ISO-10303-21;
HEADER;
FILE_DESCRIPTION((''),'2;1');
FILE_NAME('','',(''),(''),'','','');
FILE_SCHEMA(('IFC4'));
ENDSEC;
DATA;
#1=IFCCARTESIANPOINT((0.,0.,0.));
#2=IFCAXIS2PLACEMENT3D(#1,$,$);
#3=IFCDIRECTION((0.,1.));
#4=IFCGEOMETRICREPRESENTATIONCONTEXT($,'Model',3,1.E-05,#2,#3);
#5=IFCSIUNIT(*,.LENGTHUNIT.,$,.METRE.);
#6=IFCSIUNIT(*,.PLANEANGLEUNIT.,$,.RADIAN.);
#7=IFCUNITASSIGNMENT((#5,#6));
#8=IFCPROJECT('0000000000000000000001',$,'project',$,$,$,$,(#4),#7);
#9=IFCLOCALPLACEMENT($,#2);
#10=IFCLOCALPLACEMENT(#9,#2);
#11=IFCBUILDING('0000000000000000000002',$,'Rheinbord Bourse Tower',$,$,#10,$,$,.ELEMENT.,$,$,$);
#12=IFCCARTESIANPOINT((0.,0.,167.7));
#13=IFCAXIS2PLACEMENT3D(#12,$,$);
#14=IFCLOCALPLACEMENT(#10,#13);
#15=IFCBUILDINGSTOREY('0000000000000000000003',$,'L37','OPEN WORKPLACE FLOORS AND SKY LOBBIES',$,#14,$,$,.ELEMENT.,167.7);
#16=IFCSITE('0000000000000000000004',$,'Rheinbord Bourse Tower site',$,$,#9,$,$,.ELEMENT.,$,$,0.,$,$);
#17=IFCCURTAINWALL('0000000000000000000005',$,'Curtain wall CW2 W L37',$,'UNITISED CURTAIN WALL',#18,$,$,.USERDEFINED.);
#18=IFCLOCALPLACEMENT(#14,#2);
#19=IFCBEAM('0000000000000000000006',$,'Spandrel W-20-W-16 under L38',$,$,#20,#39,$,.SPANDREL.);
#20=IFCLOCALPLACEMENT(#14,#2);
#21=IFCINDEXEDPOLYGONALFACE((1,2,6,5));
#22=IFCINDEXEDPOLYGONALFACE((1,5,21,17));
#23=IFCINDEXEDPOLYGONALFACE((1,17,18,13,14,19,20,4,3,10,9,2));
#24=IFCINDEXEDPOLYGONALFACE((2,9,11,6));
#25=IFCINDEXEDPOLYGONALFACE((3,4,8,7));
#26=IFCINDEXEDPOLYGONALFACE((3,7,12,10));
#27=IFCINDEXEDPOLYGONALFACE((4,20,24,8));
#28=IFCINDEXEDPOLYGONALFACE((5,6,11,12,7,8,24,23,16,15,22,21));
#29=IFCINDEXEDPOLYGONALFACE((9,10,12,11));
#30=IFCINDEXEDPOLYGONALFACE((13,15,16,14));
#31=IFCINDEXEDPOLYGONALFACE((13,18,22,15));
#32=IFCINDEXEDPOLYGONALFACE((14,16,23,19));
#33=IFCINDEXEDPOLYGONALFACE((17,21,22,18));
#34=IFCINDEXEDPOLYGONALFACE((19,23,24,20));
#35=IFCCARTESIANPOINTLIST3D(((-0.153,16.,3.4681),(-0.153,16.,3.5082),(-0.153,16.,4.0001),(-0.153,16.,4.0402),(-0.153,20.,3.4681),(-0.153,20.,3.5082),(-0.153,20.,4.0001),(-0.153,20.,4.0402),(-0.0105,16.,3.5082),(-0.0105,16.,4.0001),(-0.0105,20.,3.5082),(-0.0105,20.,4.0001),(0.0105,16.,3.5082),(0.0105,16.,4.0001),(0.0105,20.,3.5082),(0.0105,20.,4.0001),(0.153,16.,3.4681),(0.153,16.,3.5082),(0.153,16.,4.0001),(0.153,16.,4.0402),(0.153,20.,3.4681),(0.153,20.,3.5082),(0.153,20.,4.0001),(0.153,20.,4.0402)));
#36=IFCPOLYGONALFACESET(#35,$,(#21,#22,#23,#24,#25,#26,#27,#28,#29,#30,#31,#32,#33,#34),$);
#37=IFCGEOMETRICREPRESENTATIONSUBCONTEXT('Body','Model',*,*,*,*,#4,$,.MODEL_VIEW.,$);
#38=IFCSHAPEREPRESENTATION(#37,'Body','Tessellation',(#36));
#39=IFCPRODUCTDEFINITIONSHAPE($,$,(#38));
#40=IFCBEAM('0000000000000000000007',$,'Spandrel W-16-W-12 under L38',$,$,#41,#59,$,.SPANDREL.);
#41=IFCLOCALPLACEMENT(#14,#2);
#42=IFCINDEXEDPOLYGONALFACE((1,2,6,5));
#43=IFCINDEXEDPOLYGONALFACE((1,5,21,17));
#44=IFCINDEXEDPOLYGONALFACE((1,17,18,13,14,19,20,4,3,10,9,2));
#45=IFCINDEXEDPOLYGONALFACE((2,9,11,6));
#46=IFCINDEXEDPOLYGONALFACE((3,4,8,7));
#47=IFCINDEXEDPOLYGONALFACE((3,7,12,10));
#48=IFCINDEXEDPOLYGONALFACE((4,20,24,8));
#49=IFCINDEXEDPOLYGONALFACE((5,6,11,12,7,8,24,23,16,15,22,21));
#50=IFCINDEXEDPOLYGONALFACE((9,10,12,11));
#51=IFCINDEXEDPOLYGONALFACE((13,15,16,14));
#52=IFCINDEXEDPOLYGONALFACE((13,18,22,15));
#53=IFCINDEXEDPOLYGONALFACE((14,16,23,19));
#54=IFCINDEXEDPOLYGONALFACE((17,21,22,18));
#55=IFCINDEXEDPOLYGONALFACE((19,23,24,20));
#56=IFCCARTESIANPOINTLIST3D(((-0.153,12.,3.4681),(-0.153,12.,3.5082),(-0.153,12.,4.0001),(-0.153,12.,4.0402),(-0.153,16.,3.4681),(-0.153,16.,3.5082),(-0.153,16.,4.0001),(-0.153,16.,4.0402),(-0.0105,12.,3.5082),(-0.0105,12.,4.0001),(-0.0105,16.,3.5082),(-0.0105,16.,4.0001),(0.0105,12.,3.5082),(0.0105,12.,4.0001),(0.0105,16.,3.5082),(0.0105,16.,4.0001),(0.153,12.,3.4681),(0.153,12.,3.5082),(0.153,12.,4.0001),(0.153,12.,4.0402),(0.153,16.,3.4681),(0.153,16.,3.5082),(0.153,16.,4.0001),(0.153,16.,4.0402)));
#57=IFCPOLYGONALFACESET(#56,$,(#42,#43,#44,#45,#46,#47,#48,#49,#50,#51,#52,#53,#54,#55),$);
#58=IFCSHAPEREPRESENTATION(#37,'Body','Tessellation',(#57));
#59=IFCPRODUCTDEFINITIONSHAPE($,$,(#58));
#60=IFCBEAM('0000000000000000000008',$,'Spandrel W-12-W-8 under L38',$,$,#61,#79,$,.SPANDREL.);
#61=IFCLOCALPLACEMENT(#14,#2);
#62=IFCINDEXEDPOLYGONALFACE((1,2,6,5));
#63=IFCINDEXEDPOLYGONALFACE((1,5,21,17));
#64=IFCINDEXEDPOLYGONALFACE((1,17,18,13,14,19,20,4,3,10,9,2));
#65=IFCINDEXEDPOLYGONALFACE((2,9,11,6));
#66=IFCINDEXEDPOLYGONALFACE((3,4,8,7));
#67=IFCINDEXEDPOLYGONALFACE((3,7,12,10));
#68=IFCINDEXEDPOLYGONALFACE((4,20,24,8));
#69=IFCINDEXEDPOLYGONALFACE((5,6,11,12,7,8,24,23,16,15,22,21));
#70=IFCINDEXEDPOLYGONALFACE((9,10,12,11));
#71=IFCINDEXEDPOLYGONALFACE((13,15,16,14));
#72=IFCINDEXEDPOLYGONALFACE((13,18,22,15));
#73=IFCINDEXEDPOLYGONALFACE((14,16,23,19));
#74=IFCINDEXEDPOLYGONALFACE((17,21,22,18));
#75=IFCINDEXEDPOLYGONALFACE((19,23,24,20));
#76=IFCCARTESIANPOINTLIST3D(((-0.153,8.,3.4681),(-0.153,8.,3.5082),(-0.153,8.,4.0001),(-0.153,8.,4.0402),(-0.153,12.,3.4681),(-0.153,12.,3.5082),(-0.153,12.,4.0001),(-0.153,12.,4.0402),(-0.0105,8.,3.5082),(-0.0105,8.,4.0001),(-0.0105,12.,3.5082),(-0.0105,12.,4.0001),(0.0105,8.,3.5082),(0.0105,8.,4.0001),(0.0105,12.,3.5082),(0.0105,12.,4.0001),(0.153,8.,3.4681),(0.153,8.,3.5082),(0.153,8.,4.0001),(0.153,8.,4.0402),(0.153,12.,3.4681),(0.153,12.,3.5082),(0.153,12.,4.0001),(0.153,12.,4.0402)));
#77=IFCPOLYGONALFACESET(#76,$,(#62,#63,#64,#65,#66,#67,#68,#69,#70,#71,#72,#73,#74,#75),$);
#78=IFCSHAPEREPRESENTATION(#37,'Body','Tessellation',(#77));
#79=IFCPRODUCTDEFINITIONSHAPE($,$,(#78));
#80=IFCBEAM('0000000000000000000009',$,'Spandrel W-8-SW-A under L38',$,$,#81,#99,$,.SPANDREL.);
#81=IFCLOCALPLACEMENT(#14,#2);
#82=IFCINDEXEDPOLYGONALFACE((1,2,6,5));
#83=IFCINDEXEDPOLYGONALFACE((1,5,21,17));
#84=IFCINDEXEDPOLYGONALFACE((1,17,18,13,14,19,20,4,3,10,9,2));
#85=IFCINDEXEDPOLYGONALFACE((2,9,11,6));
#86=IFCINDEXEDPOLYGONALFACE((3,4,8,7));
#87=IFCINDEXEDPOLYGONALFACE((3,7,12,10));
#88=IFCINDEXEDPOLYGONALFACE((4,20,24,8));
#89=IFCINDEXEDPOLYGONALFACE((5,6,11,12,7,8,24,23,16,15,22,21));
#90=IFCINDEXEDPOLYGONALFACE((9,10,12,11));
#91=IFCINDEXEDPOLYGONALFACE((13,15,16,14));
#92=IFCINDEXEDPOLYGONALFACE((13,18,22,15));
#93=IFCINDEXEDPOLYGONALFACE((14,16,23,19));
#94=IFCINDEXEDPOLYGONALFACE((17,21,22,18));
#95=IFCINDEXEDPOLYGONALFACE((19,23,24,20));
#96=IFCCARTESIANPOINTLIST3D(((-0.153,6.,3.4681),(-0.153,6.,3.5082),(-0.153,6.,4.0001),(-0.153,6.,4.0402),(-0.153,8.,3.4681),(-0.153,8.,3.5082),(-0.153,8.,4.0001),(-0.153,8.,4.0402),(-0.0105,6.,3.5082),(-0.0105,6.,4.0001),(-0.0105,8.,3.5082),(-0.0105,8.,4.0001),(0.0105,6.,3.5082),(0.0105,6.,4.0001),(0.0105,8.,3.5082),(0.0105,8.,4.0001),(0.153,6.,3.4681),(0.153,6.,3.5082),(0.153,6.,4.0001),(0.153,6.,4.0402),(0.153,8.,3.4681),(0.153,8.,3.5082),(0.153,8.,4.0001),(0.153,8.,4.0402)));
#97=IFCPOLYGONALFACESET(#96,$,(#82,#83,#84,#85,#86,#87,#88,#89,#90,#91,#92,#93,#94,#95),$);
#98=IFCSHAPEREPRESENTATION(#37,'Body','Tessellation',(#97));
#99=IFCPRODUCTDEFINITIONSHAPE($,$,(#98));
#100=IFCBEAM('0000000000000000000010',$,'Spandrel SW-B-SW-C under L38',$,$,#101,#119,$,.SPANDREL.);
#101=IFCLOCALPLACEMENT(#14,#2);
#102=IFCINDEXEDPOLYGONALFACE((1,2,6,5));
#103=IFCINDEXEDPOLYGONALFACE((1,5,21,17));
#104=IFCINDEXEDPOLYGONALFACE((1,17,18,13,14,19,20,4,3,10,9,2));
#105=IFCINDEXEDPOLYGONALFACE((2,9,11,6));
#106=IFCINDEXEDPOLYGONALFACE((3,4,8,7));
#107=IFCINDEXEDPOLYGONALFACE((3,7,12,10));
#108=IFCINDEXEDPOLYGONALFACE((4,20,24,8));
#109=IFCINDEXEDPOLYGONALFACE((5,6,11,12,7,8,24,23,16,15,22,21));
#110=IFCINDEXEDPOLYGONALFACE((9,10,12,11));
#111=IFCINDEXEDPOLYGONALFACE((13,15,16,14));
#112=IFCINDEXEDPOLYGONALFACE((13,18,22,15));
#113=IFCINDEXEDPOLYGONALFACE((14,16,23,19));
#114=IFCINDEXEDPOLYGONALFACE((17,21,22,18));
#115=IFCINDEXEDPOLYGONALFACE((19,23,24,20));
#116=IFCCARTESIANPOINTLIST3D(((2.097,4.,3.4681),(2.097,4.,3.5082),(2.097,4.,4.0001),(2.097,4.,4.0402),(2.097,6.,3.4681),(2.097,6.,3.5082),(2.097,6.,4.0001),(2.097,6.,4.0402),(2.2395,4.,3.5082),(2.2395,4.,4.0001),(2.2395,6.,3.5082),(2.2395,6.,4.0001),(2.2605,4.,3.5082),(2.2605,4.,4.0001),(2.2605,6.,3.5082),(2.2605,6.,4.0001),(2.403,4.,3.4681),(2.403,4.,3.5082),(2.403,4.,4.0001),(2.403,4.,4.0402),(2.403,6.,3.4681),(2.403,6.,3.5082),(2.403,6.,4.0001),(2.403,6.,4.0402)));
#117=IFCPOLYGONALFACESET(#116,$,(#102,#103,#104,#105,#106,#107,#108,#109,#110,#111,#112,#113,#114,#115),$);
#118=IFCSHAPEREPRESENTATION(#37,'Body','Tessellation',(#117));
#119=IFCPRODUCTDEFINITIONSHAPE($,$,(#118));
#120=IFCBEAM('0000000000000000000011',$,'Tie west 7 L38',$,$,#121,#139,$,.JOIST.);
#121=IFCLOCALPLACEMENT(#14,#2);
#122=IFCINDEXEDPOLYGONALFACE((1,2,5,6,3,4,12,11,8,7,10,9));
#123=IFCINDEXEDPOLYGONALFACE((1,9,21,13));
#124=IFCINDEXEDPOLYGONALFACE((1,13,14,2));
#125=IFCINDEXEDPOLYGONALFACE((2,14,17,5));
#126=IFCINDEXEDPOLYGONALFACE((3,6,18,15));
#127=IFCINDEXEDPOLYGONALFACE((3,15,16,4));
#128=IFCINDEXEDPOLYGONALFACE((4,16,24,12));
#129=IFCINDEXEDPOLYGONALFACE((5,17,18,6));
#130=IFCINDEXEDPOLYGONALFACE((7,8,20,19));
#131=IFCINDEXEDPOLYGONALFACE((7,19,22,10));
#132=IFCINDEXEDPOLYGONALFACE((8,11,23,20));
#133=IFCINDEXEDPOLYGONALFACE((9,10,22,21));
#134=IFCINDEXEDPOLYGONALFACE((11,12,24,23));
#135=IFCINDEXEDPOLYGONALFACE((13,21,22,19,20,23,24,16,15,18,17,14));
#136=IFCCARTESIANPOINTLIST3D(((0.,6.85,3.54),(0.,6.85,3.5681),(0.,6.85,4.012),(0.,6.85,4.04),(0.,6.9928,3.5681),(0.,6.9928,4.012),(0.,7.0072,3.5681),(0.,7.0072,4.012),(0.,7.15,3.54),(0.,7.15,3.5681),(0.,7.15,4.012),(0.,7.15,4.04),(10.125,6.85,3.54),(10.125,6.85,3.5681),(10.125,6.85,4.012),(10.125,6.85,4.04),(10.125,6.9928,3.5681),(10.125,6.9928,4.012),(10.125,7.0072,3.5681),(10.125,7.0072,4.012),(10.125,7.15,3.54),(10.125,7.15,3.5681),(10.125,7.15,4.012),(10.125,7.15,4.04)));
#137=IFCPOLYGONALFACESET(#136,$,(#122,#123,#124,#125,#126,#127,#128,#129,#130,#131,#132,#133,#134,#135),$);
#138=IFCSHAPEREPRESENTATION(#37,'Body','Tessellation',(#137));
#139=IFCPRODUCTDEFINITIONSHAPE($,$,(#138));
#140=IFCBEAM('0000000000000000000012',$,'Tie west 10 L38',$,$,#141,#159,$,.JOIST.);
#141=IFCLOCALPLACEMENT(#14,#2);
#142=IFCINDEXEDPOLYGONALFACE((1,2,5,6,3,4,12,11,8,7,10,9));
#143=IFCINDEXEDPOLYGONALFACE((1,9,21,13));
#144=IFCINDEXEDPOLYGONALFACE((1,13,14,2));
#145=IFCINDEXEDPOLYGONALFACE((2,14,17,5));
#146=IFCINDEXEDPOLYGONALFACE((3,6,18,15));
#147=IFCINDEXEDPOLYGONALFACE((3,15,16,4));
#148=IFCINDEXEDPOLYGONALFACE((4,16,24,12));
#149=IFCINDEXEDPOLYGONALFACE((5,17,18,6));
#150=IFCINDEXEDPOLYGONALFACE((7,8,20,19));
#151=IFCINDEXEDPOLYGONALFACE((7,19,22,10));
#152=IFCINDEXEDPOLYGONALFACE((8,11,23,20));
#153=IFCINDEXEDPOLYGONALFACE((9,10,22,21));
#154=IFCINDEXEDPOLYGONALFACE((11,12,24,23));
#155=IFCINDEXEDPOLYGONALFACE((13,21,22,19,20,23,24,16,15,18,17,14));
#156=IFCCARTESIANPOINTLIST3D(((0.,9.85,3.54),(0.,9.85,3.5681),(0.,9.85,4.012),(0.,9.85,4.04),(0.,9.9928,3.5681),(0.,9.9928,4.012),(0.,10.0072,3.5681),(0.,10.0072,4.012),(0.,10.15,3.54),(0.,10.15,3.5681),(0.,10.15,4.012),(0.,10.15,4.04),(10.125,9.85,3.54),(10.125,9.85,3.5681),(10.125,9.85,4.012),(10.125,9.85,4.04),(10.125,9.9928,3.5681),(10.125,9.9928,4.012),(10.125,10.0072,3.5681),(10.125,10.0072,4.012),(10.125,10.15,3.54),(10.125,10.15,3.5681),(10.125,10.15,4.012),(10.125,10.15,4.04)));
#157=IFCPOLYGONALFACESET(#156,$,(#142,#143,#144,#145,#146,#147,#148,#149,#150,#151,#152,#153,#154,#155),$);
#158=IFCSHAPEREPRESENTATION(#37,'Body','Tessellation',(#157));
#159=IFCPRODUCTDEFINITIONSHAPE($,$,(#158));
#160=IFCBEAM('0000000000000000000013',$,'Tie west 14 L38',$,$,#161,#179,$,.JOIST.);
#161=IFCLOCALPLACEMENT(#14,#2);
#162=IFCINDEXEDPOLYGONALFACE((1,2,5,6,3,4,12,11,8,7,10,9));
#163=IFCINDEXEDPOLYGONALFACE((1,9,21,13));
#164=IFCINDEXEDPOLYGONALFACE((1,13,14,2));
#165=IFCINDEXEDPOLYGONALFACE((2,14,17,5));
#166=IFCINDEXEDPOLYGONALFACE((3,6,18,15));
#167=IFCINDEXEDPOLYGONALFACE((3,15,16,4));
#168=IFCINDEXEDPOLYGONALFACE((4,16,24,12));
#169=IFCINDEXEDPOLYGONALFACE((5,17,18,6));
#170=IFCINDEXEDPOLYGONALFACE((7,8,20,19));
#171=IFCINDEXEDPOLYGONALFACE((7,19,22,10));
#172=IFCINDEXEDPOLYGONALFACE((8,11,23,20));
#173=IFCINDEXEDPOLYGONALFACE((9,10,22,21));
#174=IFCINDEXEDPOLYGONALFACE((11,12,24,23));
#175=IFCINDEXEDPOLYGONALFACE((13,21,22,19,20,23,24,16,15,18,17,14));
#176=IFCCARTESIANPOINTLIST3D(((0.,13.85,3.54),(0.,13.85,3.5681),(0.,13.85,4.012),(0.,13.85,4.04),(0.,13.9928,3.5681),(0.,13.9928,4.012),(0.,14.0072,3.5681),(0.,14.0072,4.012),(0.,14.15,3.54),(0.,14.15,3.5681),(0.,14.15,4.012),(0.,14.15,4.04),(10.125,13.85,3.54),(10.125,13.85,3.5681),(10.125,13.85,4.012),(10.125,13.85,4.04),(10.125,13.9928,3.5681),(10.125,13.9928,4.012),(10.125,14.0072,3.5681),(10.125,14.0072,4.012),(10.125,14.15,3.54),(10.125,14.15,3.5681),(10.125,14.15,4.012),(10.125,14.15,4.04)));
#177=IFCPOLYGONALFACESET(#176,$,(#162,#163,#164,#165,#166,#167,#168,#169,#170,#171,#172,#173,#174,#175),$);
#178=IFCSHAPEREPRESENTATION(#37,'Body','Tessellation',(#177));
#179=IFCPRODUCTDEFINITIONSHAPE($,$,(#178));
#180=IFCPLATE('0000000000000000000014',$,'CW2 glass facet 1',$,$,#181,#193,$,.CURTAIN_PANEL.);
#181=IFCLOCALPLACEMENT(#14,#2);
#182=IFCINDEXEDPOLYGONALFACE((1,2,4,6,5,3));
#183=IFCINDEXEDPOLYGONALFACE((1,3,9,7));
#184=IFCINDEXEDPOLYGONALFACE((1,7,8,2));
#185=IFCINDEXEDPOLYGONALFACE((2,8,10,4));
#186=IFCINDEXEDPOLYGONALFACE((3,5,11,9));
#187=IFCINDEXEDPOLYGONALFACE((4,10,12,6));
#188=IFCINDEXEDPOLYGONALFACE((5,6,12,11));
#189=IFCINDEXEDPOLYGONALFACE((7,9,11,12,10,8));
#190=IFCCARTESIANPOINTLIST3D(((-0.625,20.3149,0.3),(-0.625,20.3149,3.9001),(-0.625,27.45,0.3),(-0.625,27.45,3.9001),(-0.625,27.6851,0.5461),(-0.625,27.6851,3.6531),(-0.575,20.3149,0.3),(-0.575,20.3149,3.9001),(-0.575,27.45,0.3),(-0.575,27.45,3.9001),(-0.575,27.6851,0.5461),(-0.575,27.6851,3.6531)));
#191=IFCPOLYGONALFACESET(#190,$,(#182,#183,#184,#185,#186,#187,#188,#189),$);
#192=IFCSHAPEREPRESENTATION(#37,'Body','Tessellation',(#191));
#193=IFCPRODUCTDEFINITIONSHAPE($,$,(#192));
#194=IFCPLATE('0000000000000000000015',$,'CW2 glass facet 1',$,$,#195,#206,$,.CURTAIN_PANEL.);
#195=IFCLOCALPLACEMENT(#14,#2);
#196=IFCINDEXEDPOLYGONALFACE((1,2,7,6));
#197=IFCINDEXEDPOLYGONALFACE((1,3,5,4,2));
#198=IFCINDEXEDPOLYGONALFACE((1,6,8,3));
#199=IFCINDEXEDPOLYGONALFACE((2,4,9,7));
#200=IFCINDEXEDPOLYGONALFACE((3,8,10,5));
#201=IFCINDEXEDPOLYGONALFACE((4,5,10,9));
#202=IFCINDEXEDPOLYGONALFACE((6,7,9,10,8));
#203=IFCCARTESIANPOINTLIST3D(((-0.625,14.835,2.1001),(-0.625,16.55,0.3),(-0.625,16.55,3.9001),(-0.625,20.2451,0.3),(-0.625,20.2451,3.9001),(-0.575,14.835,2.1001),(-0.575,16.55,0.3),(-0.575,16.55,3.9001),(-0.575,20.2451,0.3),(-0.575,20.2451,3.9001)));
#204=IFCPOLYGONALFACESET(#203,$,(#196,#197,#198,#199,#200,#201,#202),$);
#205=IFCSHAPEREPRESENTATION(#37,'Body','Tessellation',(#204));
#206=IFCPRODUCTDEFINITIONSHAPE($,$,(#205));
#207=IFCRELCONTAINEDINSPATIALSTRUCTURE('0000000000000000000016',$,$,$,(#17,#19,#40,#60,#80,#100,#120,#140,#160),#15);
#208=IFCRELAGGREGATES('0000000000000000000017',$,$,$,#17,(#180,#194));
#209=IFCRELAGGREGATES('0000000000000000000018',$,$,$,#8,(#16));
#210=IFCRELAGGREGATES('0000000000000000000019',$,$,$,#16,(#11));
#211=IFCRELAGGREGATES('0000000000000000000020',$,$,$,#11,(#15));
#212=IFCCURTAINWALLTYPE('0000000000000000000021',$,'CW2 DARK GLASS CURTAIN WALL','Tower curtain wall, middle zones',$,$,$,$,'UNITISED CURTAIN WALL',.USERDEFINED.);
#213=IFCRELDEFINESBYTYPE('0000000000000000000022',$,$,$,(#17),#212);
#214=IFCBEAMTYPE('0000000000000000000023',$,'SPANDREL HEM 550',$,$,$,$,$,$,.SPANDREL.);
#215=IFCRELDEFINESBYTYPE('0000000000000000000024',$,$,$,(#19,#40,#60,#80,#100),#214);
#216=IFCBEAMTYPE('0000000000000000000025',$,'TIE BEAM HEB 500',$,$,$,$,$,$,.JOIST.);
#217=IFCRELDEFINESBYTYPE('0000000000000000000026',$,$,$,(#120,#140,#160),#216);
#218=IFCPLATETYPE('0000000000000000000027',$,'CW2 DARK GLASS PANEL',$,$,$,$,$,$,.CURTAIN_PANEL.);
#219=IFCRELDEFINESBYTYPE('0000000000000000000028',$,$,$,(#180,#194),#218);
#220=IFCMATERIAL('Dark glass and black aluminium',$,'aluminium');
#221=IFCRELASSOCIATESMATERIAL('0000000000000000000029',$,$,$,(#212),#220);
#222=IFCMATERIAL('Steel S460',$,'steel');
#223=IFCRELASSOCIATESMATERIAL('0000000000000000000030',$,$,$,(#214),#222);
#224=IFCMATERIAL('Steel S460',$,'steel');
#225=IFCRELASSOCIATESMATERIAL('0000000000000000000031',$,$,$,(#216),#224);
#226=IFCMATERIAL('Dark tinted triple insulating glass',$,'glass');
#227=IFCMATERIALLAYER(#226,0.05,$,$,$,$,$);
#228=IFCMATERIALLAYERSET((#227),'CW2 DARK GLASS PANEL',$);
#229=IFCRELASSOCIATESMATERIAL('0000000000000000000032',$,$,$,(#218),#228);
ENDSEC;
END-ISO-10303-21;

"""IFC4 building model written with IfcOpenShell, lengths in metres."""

from ifc_helpers import new_model, si_unit, direction, frame, origin, origin_2d, place, context, subcontext, project, spatial, polyline, i_section, outline, extrude, material, layer, layer_set, material_profile, profile_set, type_object, element, aggregate, save


model = new_model("IFC4")

# Units and contexts
model_context = context("Model", 3, precision=1e-05, world=origin(), true_north=direction((0.0, 1.0)))
body_context = subcontext(model_context, "Body", "Model", "MODEL_VIEW")
ifc_project = project(units=[si_unit("LENGTHUNIT", "METRE"), si_unit("PLANEANGLEUNIT", "RADIAN")], contexts=[model_context])

# Site, building, storey
site_placement = place(None, origin())
site = spatial("IfcSite", under=ifc_project, at=site_placement, Name="Rheinbord Bourse Tower site", CompositionType="ELEMENT", RefElevation=0.0)
building_placement = place(site_placement, origin())
building = spatial("IfcBuilding", under=site, at=building_placement, Name="Rheinbord Bourse Tower", CompositionType="ELEMENT")
storey_placement = place(building_placement, frame((0.0, 0.0, 167.7)))
storey = spatial("IfcBuildingStorey", under=building, at=storey_placement, Name="L37", Description="OPEN WORKPLACE FLOORS AND SKY LOBBIES", CompositionType="ELEMENT", Elevation=167.7)

# Curtain wall
ifc_material_1 = material(Name="Dark glass and black aluminium", Category="aluminium")
curtain_wall_type = type_object("IfcCurtainWallType", Name="CW2 DARK GLASS CURTAIN WALL", Description="Tower curtain wall, middle zones", ElementType="UNITISED CURTAIN WALL", PredefinedType="USERDEFINED", material=ifc_material_1)
curtain_wall_placement = place(storey_placement, origin())
curtain_wall = element("IfcCurtainWall", 1, at=curtain_wall_placement, inside=storey, type_object=curtain_wall_type, Name="Curtain wall CW2 W L37", ObjectType="UNITISED CURTAIN WALL", PredefinedType="USERDEFINED")

# Beams
ifc_material_2 = material(Name="Steel S460", Category="steel")
ifc_material_profile_1 = material_profile(ifc_material_2, i_section(OverallWidth=0.3059, OverallDepth=0.572, WebThickness=0.021, FlangeThickness=0.04, at=origin_2d()), Name="HEM 550")
ifc_profile_set_1 = profile_set([ifc_material_profile_1], Name="Steel S460")
beam_type_1 = type_object("IfcBeamType", Name="SPANDREL HEM 550", PredefinedType="SPANDREL", material=ifc_profile_set_1)
for number, where, z_axis, x_axis, name in (
    (2, (0.0, 20.0, 3.7542), (0.0, -1.0, 0.0), (1.0, 0.0, 0.0), "Spandrel W-20-W-16 under L38"),
    (3, (0.0, 16.0, 3.7542), (0.0, -1.0, 0.0), (1.0, 0.0, 0.0), "Spandrel W-16-W-12 under L38"),
    (4, (0.0, 12.0, 3.7542), (0.0, -1.0, 0.0), (1.0, 0.0, 0.0), "Spandrel W-12-W-8 under L38"),
):
    element("IfcBeam", number, at=place(storey_placement, frame(where, z_axis=z_axis, x_axis=x_axis)), inside=storey, type_object=beam_type_1, Name=name, PredefinedType="SPANDREL", context=body_context, shape_type="SweptSolid", body=[
        extrude(i_section(OverallWidth=0.3059, OverallDepth=0.572, WebThickness=0.021, FlangeThickness=0.04, at=origin_2d()), origin(), (0.0, 0.0, 1.0), 4.0),
    ])
for number, where, z_axis, x_axis, name in (
    (5, (0.0, 8.0, 3.7542), (0.0, -1.0, 0.0), (1.0, 0.0, 0.0), "Spandrel W-8-SW-A under L38"),
    (6, (2.25, 6.0, 3.7542), (0.0, -1.0, 0.0), (1.0, 0.0, 0.0), "Spandrel SW-B-SW-C under L38"),
):
    element("IfcBeam", number, at=place(storey_placement, frame(where, z_axis=z_axis, x_axis=x_axis)), inside=storey, type_object=beam_type_1, Name=name, PredefinedType="SPANDREL", context=body_context, shape_type="SweptSolid", body=[
        extrude(i_section(OverallWidth=0.3059, OverallDepth=0.572, WebThickness=0.021, FlangeThickness=0.04, at=origin_2d()), origin(), (0.0, 0.0, 1.0), 2.0),
    ])
ifc_material_3 = material(Name="Steel S460", Category="steel")
ifc_material_profile_2 = material_profile(ifc_material_3, i_section(OverallWidth=0.3, OverallDepth=0.5, WebThickness=0.0144, FlangeThickness=0.0281, at=origin_2d()), Name="HEB 500")
ifc_profile_set_2 = profile_set([ifc_material_profile_2], Name="Steel S460")
beam_type_2 = type_object("IfcBeamType", Name="TIE BEAM HEB 500", PredefinedType="JOIST", material=ifc_profile_set_2)
for number, where, z_axis, x_axis, name in (
    (7, (0.0, 7.0, 3.79), (1.0, 0.0, 0.0), (0.0, 1.0, 0.0), "Tie west 7 L38"),
    (8, (0.0, 10.0, 3.79), (1.0, 0.0, 0.0), (0.0, 1.0, 0.0), "Tie west 10 L38"),
    (9, (0.0, 14.0, 3.79), (1.0, 0.0, 0.0), (0.0, 1.0, 0.0), "Tie west 14 L38"),
):
    element("IfcBeam", number, at=place(storey_placement, frame(where, z_axis=z_axis, x_axis=x_axis)), inside=storey, type_object=beam_type_2, Name=name, PredefinedType="JOIST", context=body_context, shape_type="SweptSolid", body=[
        extrude(i_section(OverallWidth=0.3, OverallDepth=0.5, WebThickness=0.0144, FlangeThickness=0.0281, at=origin_2d()), origin(), (0.0, 0.0, 1.0), 10.125),
    ])

# Plates
ifc_material_4 = material(Name="Dark tinted triple insulating glass", Category="glass")
ifc_layer_1 = layer(ifc_material_4, 0.05)
ifc_layer_set_1 = layer_set([ifc_layer_1], Name="CW2 DARK GLASS PANEL")
plate_type = type_object("IfcPlateType", Name="CW2 DARK GLASS PANEL", PredefinedType="CURTAIN_PANEL", material=ifc_layer_set_1)
plate_1_placement = place(storey_placement, frame((-0.625, 20.3149, 3.9001), z_axis=(1.0, 0.0, 0.0), x_axis=(0.0, 0.0, -1.0)))
plate_1 = element("IfcPlate", 10, at=plate_1_placement, type_object=plate_type, Name="CW2 glass facet 1", PredefinedType="CURTAIN_PANEL", context=body_context, shape_type="SweptSolid", body=[
    extrude(outline(polyline([(0.0, 0.0), (3.6001, 0.0), (3.6001, 7.135), (3.354, 7.3701), (0.2471, 7.3701), (0.0, 7.135), (0.0, 0.0)])), origin(), (0.0, 0.0, 1.0), 0.05),
])
plate_2_placement = place(storey_placement, frame((-0.625, 20.2451, 0.3), z_axis=(1.0, 0.0, 0.0), x_axis=(0.0, 0.0, 1.0)))
plate_2 = element("IfcPlate", 11, at=plate_2_placement, type_object=plate_type, Name="CW2 glass facet 1", PredefinedType="CURTAIN_PANEL", context=body_context, shape_type="SweptSolid", body=[
    extrude(outline(polyline([(0.0, 0.0), (3.6001, 0.0), (3.6001, 3.6951), (1.8, 5.4102), (0.0, 3.6951), (0.0, 0.0)])), origin(), (0.0, 0.0, 1.0), 0.05),
])
aggregate(curtain_wall, [plate_1, plate_2])

save(model, "model.ifc")
